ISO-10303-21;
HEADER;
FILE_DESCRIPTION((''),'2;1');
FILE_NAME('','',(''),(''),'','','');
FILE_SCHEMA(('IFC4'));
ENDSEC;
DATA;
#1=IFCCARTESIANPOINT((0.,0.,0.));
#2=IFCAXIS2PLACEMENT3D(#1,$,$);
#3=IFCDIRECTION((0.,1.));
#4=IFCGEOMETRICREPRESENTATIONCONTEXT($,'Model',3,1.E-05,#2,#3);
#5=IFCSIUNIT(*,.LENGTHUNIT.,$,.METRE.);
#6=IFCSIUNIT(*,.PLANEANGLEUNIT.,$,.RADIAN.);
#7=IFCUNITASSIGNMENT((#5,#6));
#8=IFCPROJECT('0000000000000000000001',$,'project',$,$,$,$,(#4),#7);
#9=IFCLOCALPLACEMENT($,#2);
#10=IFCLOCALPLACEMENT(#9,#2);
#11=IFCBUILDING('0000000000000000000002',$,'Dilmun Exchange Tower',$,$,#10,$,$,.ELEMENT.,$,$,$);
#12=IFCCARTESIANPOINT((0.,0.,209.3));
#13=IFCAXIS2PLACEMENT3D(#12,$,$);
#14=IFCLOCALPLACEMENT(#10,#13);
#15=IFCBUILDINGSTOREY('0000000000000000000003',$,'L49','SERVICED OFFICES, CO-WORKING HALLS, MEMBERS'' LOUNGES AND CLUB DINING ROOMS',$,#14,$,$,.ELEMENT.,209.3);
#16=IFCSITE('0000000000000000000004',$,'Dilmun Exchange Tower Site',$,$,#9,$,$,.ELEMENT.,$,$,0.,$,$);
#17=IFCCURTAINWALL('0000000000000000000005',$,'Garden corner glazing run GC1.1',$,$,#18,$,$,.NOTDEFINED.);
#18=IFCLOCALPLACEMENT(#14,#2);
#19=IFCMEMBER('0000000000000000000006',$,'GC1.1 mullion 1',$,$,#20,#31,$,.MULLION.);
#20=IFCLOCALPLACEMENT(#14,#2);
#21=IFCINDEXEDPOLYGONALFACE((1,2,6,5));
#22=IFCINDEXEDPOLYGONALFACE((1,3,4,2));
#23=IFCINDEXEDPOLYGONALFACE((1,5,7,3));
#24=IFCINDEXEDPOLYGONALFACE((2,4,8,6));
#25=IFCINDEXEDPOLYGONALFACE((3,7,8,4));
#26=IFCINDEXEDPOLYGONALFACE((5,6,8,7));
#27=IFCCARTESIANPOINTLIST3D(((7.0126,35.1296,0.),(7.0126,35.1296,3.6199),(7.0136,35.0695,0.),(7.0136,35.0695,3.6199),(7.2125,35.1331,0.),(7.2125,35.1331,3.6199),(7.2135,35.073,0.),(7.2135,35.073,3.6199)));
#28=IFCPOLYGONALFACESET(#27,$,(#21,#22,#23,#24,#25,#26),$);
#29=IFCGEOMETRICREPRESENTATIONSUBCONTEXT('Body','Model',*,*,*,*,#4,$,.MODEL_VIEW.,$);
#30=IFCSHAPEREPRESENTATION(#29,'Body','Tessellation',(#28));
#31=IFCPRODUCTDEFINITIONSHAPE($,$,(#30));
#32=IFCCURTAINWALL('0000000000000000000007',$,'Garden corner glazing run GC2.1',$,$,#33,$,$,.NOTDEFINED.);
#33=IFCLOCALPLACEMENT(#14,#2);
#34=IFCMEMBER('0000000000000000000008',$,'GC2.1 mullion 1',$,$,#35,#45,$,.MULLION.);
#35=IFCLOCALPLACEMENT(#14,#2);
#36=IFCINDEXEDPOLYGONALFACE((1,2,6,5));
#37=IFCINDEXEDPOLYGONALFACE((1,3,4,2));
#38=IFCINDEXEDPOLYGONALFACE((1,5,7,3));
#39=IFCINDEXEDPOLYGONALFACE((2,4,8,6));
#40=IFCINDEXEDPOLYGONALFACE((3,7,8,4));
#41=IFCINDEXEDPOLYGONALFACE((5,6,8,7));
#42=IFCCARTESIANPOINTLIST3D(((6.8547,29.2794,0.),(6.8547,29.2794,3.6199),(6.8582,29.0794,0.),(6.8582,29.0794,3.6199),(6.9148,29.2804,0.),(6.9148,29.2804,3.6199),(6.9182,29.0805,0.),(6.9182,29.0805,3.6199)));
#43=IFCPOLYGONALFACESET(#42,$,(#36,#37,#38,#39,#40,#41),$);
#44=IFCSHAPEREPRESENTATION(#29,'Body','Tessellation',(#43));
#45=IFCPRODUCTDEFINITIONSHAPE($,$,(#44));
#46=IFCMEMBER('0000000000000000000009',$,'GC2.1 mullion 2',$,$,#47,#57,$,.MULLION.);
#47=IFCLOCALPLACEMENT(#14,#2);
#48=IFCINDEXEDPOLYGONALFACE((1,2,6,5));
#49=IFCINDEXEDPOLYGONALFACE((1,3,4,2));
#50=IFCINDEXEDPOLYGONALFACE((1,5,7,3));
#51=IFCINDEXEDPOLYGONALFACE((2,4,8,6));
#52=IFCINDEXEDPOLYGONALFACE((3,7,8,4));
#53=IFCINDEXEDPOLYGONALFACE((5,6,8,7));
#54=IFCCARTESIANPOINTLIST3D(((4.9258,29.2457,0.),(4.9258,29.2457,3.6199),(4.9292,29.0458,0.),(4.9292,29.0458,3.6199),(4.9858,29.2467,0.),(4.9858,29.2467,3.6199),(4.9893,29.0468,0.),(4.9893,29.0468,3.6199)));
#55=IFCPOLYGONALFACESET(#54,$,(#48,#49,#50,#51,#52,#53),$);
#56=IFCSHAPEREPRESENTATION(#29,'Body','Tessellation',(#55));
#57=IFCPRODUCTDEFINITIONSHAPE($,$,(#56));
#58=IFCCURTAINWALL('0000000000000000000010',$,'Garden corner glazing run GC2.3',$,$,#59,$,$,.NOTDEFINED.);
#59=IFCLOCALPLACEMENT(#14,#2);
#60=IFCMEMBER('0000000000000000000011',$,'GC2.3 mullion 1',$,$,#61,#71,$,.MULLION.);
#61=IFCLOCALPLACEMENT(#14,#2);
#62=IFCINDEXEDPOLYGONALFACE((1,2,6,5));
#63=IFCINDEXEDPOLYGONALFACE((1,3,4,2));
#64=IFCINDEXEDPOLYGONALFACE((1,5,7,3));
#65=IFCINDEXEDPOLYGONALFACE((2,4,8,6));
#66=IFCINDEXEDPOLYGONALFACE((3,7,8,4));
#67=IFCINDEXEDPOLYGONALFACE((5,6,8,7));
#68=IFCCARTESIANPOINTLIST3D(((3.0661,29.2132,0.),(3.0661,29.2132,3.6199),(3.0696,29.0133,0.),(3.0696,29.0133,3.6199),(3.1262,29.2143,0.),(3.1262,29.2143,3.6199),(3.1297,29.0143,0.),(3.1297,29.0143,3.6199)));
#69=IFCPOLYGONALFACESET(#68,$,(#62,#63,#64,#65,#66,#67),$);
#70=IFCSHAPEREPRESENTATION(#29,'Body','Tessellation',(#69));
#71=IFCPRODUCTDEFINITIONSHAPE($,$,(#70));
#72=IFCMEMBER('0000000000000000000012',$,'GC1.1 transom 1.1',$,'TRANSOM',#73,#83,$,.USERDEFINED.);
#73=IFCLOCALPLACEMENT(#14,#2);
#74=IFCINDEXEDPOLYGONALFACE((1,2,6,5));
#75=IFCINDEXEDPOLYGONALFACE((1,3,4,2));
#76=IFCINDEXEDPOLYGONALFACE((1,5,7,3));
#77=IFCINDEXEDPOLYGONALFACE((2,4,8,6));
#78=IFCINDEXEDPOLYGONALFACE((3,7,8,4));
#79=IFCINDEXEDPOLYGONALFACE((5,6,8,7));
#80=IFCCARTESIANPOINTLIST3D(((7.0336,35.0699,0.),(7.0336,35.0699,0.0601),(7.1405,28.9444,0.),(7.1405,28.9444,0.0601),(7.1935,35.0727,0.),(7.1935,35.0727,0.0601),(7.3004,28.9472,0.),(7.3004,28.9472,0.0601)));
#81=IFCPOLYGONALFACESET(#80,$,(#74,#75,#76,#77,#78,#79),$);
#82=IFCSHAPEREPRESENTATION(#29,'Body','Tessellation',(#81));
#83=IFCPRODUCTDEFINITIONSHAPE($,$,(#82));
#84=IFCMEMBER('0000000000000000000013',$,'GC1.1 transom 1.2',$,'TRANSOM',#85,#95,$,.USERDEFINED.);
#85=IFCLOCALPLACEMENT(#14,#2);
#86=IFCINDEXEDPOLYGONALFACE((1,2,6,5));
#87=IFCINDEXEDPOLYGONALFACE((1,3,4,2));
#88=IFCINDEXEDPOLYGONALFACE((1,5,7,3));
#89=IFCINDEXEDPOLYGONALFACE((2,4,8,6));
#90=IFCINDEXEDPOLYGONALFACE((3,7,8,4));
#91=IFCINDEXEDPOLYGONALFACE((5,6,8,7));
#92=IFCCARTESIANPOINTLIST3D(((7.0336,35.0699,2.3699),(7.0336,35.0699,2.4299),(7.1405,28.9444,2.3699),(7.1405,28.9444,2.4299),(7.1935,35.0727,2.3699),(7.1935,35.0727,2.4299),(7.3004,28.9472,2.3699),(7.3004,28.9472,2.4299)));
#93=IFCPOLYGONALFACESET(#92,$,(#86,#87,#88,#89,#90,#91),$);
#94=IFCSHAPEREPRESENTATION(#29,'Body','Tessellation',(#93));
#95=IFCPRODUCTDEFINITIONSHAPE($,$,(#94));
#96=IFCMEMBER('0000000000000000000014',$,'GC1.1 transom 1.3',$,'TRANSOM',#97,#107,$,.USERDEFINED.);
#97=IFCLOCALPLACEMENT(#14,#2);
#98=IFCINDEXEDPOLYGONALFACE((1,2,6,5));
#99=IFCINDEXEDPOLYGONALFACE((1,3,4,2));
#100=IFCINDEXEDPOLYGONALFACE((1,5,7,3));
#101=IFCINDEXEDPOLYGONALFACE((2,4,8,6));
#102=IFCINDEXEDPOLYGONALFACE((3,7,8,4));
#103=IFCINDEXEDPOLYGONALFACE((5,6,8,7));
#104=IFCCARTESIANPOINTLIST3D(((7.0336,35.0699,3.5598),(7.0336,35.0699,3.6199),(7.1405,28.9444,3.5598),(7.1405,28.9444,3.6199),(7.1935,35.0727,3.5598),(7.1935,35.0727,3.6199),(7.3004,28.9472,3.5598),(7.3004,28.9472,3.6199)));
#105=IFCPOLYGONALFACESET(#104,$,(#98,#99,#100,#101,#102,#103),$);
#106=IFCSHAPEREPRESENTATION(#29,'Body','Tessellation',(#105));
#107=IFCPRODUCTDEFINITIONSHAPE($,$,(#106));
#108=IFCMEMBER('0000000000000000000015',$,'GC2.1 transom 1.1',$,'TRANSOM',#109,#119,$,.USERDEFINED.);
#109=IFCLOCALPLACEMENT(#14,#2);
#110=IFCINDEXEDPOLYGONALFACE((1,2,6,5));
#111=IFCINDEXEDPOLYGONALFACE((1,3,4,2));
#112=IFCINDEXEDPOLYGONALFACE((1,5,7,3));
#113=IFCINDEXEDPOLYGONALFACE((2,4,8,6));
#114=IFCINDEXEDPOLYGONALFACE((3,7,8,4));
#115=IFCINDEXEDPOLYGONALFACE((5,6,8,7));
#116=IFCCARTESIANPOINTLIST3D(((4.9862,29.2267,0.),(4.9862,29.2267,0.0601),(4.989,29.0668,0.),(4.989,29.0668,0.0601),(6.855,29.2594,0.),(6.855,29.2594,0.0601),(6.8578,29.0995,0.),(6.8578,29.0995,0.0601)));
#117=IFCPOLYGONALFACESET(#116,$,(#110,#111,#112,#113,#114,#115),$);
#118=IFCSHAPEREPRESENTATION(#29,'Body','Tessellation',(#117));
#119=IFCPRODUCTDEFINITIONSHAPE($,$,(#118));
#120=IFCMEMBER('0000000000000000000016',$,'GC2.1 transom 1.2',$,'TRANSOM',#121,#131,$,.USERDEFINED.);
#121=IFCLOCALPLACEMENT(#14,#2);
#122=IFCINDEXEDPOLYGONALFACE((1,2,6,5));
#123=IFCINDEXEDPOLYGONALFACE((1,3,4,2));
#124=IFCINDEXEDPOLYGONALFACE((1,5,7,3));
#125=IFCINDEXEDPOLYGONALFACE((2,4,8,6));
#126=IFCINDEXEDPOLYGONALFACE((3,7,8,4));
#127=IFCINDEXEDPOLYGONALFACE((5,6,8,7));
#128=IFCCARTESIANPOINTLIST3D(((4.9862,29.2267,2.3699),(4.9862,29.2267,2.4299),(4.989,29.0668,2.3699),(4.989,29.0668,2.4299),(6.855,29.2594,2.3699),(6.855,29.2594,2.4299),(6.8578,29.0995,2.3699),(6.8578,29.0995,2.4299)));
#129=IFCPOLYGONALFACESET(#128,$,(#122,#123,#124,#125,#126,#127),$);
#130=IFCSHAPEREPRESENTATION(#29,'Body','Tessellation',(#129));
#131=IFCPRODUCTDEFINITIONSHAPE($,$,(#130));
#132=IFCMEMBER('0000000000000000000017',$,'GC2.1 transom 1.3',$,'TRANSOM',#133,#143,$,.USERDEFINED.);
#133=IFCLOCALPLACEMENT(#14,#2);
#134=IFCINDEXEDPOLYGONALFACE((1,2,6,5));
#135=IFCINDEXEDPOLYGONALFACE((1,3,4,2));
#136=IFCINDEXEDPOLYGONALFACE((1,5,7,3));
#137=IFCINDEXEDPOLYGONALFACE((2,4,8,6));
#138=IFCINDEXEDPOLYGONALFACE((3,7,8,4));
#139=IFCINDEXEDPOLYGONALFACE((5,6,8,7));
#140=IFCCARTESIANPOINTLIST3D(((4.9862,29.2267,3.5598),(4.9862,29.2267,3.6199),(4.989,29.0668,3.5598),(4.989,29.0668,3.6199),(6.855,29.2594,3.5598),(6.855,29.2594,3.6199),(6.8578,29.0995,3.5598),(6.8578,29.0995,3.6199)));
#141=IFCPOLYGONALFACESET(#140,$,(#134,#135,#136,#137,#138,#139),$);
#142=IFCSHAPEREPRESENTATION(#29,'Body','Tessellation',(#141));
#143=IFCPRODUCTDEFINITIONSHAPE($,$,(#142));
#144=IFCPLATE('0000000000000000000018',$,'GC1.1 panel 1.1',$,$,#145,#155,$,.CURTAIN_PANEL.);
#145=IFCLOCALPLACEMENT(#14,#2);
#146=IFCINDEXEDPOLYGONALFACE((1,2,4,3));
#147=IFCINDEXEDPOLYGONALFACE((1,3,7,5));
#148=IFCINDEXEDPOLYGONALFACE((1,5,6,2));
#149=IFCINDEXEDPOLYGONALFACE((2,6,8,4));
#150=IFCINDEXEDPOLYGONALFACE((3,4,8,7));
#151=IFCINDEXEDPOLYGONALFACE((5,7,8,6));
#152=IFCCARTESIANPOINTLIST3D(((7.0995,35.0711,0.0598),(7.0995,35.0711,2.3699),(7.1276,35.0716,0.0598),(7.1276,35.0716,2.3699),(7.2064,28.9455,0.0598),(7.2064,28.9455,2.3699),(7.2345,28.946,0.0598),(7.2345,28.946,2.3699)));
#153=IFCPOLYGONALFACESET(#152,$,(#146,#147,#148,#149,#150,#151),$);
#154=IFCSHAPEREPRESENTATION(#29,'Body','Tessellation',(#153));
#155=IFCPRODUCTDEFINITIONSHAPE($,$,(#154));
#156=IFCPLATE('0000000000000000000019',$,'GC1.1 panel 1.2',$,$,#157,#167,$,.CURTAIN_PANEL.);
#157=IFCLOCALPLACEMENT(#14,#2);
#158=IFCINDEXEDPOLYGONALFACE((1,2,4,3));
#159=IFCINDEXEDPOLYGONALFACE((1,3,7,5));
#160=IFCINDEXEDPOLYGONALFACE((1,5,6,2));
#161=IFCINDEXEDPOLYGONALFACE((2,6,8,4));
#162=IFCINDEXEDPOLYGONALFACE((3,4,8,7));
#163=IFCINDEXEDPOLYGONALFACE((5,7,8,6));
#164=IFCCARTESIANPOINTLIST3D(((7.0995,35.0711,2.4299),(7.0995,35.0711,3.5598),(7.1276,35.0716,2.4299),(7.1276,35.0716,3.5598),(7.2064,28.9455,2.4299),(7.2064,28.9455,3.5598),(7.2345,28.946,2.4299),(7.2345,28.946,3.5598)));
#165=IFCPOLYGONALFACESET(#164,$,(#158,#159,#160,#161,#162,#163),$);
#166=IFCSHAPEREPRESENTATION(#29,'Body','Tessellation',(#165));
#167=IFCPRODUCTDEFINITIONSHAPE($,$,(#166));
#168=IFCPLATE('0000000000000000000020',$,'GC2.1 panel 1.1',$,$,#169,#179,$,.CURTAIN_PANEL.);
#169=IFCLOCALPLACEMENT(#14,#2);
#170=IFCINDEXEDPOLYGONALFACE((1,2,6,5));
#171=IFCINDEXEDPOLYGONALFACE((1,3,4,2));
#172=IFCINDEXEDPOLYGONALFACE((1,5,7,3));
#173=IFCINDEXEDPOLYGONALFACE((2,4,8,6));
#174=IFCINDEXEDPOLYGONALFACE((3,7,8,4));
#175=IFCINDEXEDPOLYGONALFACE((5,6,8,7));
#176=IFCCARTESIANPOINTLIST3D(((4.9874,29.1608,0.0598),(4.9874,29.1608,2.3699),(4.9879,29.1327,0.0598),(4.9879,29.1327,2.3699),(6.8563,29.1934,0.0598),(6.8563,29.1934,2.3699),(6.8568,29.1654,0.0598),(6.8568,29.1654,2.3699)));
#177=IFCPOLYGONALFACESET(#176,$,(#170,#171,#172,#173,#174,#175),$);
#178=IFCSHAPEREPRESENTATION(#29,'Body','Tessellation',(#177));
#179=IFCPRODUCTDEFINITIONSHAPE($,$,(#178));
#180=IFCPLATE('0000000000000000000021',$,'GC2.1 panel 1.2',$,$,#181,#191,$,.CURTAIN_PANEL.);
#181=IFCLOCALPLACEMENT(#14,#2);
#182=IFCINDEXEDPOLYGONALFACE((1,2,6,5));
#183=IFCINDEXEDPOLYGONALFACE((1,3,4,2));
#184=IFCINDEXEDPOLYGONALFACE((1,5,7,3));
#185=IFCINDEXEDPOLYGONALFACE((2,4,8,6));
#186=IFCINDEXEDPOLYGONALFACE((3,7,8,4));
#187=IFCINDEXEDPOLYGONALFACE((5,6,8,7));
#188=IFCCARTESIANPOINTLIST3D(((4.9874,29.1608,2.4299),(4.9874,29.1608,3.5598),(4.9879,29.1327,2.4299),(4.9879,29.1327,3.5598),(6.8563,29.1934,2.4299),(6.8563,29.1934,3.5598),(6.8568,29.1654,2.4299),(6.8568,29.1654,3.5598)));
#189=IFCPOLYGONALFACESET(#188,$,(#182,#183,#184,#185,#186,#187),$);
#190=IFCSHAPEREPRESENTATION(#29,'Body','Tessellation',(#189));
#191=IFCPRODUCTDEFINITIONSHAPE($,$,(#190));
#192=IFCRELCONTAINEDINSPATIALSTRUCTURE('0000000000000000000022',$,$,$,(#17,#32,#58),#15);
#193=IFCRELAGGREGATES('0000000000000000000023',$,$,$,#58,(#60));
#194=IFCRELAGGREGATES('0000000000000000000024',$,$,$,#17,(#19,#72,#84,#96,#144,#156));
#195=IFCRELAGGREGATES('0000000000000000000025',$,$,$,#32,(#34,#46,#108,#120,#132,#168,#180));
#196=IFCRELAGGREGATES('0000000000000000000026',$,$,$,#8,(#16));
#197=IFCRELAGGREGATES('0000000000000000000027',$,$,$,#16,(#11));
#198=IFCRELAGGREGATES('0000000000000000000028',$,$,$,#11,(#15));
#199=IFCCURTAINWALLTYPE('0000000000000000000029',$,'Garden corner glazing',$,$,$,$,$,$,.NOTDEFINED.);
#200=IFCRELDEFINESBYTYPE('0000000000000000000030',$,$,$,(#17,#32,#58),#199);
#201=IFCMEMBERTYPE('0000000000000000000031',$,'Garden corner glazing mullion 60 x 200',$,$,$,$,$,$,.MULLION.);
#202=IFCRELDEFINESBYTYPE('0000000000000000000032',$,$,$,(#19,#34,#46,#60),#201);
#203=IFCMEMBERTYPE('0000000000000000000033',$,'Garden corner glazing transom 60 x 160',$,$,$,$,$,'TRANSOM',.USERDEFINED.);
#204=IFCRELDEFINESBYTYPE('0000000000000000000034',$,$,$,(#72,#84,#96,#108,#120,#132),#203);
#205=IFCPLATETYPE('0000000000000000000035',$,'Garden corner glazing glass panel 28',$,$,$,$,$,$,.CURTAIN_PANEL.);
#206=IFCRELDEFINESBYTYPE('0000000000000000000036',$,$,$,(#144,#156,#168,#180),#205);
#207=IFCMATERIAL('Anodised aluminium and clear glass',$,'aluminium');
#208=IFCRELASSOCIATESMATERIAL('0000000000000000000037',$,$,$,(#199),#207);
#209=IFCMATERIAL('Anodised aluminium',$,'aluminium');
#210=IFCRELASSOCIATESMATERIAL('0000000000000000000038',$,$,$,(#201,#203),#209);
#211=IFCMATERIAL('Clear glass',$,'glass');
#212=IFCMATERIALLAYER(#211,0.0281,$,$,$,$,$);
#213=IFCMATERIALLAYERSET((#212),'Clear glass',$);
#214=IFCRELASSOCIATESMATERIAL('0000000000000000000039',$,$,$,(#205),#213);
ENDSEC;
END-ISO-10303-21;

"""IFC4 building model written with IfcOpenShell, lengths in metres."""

from ifc_helpers import new_model, si_unit, direction, frame, origin, origin_2d, place, context, subcontext, project, spatial, rectangle, extrude, material, layer, layer_set, material_profile, profile_set, type_object, element, aggregate, save


model = new_model("IFC4")

# Units and contexts
model_context = context("Model", 3, precision=1e-05, world=origin(), true_north=direction((0.0, 1.0)))
body_context = subcontext(model_context, "Body", "Model", "MODEL_VIEW")
ifc_project = project(units=[si_unit("LENGTHUNIT", "METRE"), si_unit("PLANEANGLEUNIT", "RADIAN")], contexts=[model_context])

# Site, building, storey
site_placement = place(None, origin())
site = spatial("IfcSite", under=ifc_project, at=site_placement, Name="Dilmun Exchange Tower Site", CompositionType="ELEMENT", RefElevation=0.0)
building_placement = place(site_placement, origin())
building = spatial("IfcBuilding", under=site, at=building_placement, Name="Dilmun Exchange Tower", CompositionType="ELEMENT")
storey_placement = place(building_placement, frame((0.0, 0.0, 209.3)))
storey = spatial("IfcBuildingStorey", under=building, at=storey_placement, Name="L49", Description="SERVICED OFFICES, CO-WORKING HALLS, MEMBERS' LOUNGES AND CLUB DINING ROOMS", CompositionType="ELEMENT", Elevation=209.3)

# Curtain wall, member
ifc_material_1 = material(Name="Anodised aluminium and clear glass", Category="aluminium")
curtain_wall_type = type_object("IfcCurtainWallType", Name="Garden corner glazing", PredefinedType="NOTDEFINED", material=ifc_material_1)
curtain_wall_1_placement = place(storey_placement, origin())
curtain_wall_1 = element("IfcCurtainWall", 1, at=curtain_wall_1_placement, inside=storey, type_object=curtain_wall_type, Name="Garden corner glazing run GC1.1", PredefinedType="NOTDEFINED")
ifc_material_2 = material(Name="Anodised aluminium", Category="aluminium")
ifc_material_profile_1 = material_profile(ifc_material_2, rectangle(XDim=0.2, YDim=0.0601, at=origin_2d()), Name="AL 60x200")
ifc_profile_set_1 = profile_set([ifc_material_profile_1], Name="Anodised aluminium")
member_type_1 = type_object("IfcMemberType", Name="Garden corner glazing mullion 60 x 200", PredefinedType="MULLION", material=ifc_profile_set_1)
member_1_placement = place(storey_placement, frame((7.113, 35.1013, 0.0), z_axis=(0.0, 0.0, 1.0), x_axis=(0.999848, 0.01745, 0.0)))
member_1 = element("IfcMember", 2, at=member_1_placement, type_object=member_type_1, Name="GC1.1 mullion 1", PredefinedType="MULLION", context=body_context, shape_type="SweptSolid", body=[
    extrude(rectangle(XDim=0.2, YDim=0.0601, at=origin_2d()), origin(), (0.0, 0.0, 1.0), 3.6199),
])

# Curtain wall, members
curtain_wall_2_placement = place(storey_placement, origin())
curtain_wall_2 = element("IfcCurtainWall", 3, at=curtain_wall_2_placement, inside=storey, type_object=curtain_wall_type, Name="Garden corner glazing run GC2.1", PredefinedType="NOTDEFINED")
member_2_placement = place(storey_placement, frame((6.8865, 29.1799, 0.0), z_axis=(0.0, 0.0, 1.0), x_axis=(0.017445, -0.999848, 0.0)))
member_2 = element("IfcMember", 4, at=member_2_placement, type_object=member_type_1, Name="GC2.1 mullion 1", PredefinedType="MULLION", context=body_context, shape_type="SweptSolid", body=[
    extrude(rectangle(XDim=0.2, YDim=0.0601, at=origin_2d()), origin(), (0.0, 0.0, 1.0), 3.6199),
])
member_3_placement = place(storey_placement, frame((4.9575, 29.1462, 0.0), z_axis=(0.0, 0.0, 1.0), x_axis=(0.017445, -0.999848, 0.0)))
member_3 = element("IfcMember", 5, at=member_3_placement, type_object=member_type_1, Name="GC2.1 mullion 2", PredefinedType="MULLION", context=body_context, shape_type="SweptSolid", body=[
    extrude(rectangle(XDim=0.2, YDim=0.0601, at=origin_2d()), origin(), (0.0, 0.0, 1.0), 3.6199),
])

# Curtain wall, member
curtain_wall_3_placement = place(storey_placement, origin())
curtain_wall_3 = element("IfcCurtainWall", 6, at=curtain_wall_3_placement, inside=storey, type_object=curtain_wall_type, Name="Garden corner glazing run GC2.3", PredefinedType="NOTDEFINED")
member_4_placement = place(storey_placement, frame((3.0979, 29.1138, 0.0), z_axis=(0.0, 0.0, 1.0), x_axis=(0.017473, -0.999847, 0.0)))
member_4 = element("IfcMember", 7, at=member_4_placement, type_object=member_type_1, Name="GC2.3 mullion 1", PredefinedType="MULLION", context=body_context, shape_type="SweptSolid", body=[
    extrude(rectangle(XDim=0.2, YDim=0.0601, at=origin_2d()), origin(), (0.0, 0.0, 1.0), 3.6199),
])
aggregate(curtain_wall_3, [member_4])

# Members
ifc_material_profile_2 = material_profile(ifc_material_2, rectangle(XDim=0.1599, YDim=0.0601, at=origin_2d()), Name="AL 60x160")
ifc_profile_set_2 = profile_set([ifc_material_profile_2], Name="Anodised aluminium")
member_type_2 = type_object("IfcMemberType", Name="Garden corner glazing transom 60 x 160", ElementType="TRANSOM", PredefinedType="USERDEFINED", material=ifc_profile_set_2)
member_5_placement = place(storey_placement, frame((7.1135, 35.0713, 0.03), z_axis=(0.017454, -0.999848, 0.0), x_axis=(0.999848, 0.017454, 0.0)))
member_5 = element("IfcMember", 8, at=member_5_placement, type_object=member_type_2, Name="GC1.1 transom 1.1", ObjectType="TRANSOM", PredefinedType="USERDEFINED", context=body_context, shape_type="SweptSolid", body=[
    extrude(rectangle(XDim=0.1599, YDim=0.0601, at=origin_2d()), origin(), (0.0, 0.0, 1.0), 6.1265),
])
member_6_placement = place(storey_placement, frame((7.1135, 35.0713, 2.3999), z_axis=(0.017454, -0.999848, 0.0), x_axis=(0.999848, 0.017454, 0.0)))
member_6 = element("IfcMember", 9, at=member_6_placement, type_object=member_type_2, Name="GC1.1 transom 1.2", ObjectType="TRANSOM", PredefinedType="USERDEFINED", context=body_context, shape_type="SweptSolid", body=[
    extrude(rectangle(XDim=0.1599, YDim=0.0601, at=origin_2d()), origin(), (0.0, 0.0, 1.0), 6.1265),
])
member_7_placement = place(storey_placement, frame((7.1135, 35.0713, 3.5898), z_axis=(0.017454, -0.999848, 0.0), x_axis=(0.999848, 0.017454, 0.0)))
member_7 = element("IfcMember", 10, at=member_7_placement, type_object=member_type_2, Name="GC1.1 transom 1.3", ObjectType="TRANSOM", PredefinedType="USERDEFINED", context=body_context, shape_type="SweptSolid", body=[
    extrude(rectangle(XDim=0.1599, YDim=0.0601, at=origin_2d()), origin(), (0.0, 0.0, 1.0), 6.1265),
])
member_8_placement = place(storey_placement, frame((6.8564, 29.1794, 0.03), z_axis=(-0.999847, -0.017502, 0.0), x_axis=(0.017502, -0.999847, 0.0)))
member_8 = element("IfcMember", 11, at=member_8_placement, type_object=member_type_2, Name="GC2.1 transom 1.1", ObjectType="TRANSOM", PredefinedType="USERDEFINED", context=body_context, shape_type="SweptSolid", body=[
    extrude(rectangle(XDim=0.1599, YDim=0.0601, at=origin_2d()), origin(), (0.0, 0.0, 1.0), 1.8691),
])
member_9_placement = place(storey_placement, frame((6.8564, 29.1794, 2.3999), z_axis=(-0.999847, -0.017502, 0.0), x_axis=(0.017502, -0.999847, 0.0)))
member_9 = element("IfcMember", 12, at=member_9_placement, type_object=member_type_2, Name="GC2.1 transom 1.2", ObjectType="TRANSOM", PredefinedType="USERDEFINED", context=body_context, shape_type="SweptSolid", body=[
    extrude(rectangle(XDim=0.1599, YDim=0.0601, at=origin_2d()), origin(), (0.0, 0.0, 1.0), 1.8691),
])
member_10_placement = place(storey_placement, frame((6.8564, 29.1794, 3.5898), z_axis=(-0.999847, -0.017502, 0.0), x_axis=(0.017502, -0.999847, 0.0)))
member_10 = element("IfcMember", 13, at=member_10_placement, type_object=member_type_2, Name="GC2.1 transom 1.3", ObjectType="TRANSOM", PredefinedType="USERDEFINED", context=body_context, shape_type="SweptSolid", body=[
    extrude(rectangle(XDim=0.1599, YDim=0.0601, at=origin_2d()), origin(), (0.0, 0.0, 1.0), 1.8691),
])

# Plates
ifc_material_3 = material(Name="Clear glass", Category="glass")
ifc_layer_1 = layer(ifc_material_3, 0.0281)
ifc_layer_set_1 = layer_set([ifc_layer_1], Name="Clear glass")
plate_type = type_object("IfcPlateType", Name="Garden corner glazing glass panel 28", PredefinedType="CURTAIN_PANEL", material=ifc_layer_set_1)
plate_1_placement = place(storey_placement, frame((7.167, 32.0085, 0.0598), z_axis=(0.0, 0.0, 1.0), x_axis=(0.01745, -0.999848, 0.0)))
plate_1 = element("IfcPlate", 14, at=plate_1_placement, type_object=plate_type, Name="GC1.1 panel 1.1", PredefinedType="CURTAIN_PANEL", context=body_context, shape_type="SweptSolid", body=[
    extrude(rectangle(XDim=6.1265, YDim=0.0281, at=origin_2d()), origin(), (0.0, 0.0, 1.0), 2.3101),
])
plate_2_placement = place(storey_placement, frame((7.167, 32.0085, 2.4299), z_axis=(0.0, 0.0, 1.0), x_axis=(0.01745, -0.999848, 0.0)))
plate_2 = element("IfcPlate", 15, at=plate_2_placement, type_object=plate_type, Name="GC1.1 panel 1.2", PredefinedType="CURTAIN_PANEL", context=body_context, shape_type="SweptSolid", body=[
    extrude(rectangle(XDim=6.1265, YDim=0.0281, at=origin_2d()), origin(), (0.0, 0.0, 1.0), 1.1299),
])
aggregate(curtain_wall_1, [member_1, member_5, member_6, member_7, plate_1, plate_2])
plate_3_placement = place(storey_placement, frame((5.9221, 29.1631, 0.0598), z_axis=(0.0, 0.0, 1.0), x_axis=(-0.999848, -0.017445, 0.0)))
plate_3 = element("IfcPlate", 16, at=plate_3_placement, type_object=plate_type, Name="GC2.1 panel 1.1", PredefinedType="CURTAIN_PANEL", context=body_context, shape_type="SweptSolid", body=[
    extrude(rectangle(XDim=1.8691, YDim=0.0281, at=origin_2d()), origin(), (0.0, 0.0, 1.0), 2.3101),
])
plate_4_placement = place(storey_placement, frame((5.9221, 29.1631, 2.4299), z_axis=(0.0, 0.0, 1.0), x_axis=(-0.999848, -0.017445, 0.0)))
plate_4 = element("IfcPlate", 17, at=plate_4_placement, type_object=plate_type, Name="GC2.1 panel 1.2", PredefinedType="CURTAIN_PANEL", context=body_context, shape_type="SweptSolid", body=[
    extrude(rectangle(XDim=1.8691, YDim=0.0281, at=origin_2d()), origin(), (0.0, 0.0, 1.0), 1.1299),
])
aggregate(curtain_wall_2, [member_2, member_3, member_8, member_9, member_10, plate_3, plate_4])

save(model, "model.ifc")
